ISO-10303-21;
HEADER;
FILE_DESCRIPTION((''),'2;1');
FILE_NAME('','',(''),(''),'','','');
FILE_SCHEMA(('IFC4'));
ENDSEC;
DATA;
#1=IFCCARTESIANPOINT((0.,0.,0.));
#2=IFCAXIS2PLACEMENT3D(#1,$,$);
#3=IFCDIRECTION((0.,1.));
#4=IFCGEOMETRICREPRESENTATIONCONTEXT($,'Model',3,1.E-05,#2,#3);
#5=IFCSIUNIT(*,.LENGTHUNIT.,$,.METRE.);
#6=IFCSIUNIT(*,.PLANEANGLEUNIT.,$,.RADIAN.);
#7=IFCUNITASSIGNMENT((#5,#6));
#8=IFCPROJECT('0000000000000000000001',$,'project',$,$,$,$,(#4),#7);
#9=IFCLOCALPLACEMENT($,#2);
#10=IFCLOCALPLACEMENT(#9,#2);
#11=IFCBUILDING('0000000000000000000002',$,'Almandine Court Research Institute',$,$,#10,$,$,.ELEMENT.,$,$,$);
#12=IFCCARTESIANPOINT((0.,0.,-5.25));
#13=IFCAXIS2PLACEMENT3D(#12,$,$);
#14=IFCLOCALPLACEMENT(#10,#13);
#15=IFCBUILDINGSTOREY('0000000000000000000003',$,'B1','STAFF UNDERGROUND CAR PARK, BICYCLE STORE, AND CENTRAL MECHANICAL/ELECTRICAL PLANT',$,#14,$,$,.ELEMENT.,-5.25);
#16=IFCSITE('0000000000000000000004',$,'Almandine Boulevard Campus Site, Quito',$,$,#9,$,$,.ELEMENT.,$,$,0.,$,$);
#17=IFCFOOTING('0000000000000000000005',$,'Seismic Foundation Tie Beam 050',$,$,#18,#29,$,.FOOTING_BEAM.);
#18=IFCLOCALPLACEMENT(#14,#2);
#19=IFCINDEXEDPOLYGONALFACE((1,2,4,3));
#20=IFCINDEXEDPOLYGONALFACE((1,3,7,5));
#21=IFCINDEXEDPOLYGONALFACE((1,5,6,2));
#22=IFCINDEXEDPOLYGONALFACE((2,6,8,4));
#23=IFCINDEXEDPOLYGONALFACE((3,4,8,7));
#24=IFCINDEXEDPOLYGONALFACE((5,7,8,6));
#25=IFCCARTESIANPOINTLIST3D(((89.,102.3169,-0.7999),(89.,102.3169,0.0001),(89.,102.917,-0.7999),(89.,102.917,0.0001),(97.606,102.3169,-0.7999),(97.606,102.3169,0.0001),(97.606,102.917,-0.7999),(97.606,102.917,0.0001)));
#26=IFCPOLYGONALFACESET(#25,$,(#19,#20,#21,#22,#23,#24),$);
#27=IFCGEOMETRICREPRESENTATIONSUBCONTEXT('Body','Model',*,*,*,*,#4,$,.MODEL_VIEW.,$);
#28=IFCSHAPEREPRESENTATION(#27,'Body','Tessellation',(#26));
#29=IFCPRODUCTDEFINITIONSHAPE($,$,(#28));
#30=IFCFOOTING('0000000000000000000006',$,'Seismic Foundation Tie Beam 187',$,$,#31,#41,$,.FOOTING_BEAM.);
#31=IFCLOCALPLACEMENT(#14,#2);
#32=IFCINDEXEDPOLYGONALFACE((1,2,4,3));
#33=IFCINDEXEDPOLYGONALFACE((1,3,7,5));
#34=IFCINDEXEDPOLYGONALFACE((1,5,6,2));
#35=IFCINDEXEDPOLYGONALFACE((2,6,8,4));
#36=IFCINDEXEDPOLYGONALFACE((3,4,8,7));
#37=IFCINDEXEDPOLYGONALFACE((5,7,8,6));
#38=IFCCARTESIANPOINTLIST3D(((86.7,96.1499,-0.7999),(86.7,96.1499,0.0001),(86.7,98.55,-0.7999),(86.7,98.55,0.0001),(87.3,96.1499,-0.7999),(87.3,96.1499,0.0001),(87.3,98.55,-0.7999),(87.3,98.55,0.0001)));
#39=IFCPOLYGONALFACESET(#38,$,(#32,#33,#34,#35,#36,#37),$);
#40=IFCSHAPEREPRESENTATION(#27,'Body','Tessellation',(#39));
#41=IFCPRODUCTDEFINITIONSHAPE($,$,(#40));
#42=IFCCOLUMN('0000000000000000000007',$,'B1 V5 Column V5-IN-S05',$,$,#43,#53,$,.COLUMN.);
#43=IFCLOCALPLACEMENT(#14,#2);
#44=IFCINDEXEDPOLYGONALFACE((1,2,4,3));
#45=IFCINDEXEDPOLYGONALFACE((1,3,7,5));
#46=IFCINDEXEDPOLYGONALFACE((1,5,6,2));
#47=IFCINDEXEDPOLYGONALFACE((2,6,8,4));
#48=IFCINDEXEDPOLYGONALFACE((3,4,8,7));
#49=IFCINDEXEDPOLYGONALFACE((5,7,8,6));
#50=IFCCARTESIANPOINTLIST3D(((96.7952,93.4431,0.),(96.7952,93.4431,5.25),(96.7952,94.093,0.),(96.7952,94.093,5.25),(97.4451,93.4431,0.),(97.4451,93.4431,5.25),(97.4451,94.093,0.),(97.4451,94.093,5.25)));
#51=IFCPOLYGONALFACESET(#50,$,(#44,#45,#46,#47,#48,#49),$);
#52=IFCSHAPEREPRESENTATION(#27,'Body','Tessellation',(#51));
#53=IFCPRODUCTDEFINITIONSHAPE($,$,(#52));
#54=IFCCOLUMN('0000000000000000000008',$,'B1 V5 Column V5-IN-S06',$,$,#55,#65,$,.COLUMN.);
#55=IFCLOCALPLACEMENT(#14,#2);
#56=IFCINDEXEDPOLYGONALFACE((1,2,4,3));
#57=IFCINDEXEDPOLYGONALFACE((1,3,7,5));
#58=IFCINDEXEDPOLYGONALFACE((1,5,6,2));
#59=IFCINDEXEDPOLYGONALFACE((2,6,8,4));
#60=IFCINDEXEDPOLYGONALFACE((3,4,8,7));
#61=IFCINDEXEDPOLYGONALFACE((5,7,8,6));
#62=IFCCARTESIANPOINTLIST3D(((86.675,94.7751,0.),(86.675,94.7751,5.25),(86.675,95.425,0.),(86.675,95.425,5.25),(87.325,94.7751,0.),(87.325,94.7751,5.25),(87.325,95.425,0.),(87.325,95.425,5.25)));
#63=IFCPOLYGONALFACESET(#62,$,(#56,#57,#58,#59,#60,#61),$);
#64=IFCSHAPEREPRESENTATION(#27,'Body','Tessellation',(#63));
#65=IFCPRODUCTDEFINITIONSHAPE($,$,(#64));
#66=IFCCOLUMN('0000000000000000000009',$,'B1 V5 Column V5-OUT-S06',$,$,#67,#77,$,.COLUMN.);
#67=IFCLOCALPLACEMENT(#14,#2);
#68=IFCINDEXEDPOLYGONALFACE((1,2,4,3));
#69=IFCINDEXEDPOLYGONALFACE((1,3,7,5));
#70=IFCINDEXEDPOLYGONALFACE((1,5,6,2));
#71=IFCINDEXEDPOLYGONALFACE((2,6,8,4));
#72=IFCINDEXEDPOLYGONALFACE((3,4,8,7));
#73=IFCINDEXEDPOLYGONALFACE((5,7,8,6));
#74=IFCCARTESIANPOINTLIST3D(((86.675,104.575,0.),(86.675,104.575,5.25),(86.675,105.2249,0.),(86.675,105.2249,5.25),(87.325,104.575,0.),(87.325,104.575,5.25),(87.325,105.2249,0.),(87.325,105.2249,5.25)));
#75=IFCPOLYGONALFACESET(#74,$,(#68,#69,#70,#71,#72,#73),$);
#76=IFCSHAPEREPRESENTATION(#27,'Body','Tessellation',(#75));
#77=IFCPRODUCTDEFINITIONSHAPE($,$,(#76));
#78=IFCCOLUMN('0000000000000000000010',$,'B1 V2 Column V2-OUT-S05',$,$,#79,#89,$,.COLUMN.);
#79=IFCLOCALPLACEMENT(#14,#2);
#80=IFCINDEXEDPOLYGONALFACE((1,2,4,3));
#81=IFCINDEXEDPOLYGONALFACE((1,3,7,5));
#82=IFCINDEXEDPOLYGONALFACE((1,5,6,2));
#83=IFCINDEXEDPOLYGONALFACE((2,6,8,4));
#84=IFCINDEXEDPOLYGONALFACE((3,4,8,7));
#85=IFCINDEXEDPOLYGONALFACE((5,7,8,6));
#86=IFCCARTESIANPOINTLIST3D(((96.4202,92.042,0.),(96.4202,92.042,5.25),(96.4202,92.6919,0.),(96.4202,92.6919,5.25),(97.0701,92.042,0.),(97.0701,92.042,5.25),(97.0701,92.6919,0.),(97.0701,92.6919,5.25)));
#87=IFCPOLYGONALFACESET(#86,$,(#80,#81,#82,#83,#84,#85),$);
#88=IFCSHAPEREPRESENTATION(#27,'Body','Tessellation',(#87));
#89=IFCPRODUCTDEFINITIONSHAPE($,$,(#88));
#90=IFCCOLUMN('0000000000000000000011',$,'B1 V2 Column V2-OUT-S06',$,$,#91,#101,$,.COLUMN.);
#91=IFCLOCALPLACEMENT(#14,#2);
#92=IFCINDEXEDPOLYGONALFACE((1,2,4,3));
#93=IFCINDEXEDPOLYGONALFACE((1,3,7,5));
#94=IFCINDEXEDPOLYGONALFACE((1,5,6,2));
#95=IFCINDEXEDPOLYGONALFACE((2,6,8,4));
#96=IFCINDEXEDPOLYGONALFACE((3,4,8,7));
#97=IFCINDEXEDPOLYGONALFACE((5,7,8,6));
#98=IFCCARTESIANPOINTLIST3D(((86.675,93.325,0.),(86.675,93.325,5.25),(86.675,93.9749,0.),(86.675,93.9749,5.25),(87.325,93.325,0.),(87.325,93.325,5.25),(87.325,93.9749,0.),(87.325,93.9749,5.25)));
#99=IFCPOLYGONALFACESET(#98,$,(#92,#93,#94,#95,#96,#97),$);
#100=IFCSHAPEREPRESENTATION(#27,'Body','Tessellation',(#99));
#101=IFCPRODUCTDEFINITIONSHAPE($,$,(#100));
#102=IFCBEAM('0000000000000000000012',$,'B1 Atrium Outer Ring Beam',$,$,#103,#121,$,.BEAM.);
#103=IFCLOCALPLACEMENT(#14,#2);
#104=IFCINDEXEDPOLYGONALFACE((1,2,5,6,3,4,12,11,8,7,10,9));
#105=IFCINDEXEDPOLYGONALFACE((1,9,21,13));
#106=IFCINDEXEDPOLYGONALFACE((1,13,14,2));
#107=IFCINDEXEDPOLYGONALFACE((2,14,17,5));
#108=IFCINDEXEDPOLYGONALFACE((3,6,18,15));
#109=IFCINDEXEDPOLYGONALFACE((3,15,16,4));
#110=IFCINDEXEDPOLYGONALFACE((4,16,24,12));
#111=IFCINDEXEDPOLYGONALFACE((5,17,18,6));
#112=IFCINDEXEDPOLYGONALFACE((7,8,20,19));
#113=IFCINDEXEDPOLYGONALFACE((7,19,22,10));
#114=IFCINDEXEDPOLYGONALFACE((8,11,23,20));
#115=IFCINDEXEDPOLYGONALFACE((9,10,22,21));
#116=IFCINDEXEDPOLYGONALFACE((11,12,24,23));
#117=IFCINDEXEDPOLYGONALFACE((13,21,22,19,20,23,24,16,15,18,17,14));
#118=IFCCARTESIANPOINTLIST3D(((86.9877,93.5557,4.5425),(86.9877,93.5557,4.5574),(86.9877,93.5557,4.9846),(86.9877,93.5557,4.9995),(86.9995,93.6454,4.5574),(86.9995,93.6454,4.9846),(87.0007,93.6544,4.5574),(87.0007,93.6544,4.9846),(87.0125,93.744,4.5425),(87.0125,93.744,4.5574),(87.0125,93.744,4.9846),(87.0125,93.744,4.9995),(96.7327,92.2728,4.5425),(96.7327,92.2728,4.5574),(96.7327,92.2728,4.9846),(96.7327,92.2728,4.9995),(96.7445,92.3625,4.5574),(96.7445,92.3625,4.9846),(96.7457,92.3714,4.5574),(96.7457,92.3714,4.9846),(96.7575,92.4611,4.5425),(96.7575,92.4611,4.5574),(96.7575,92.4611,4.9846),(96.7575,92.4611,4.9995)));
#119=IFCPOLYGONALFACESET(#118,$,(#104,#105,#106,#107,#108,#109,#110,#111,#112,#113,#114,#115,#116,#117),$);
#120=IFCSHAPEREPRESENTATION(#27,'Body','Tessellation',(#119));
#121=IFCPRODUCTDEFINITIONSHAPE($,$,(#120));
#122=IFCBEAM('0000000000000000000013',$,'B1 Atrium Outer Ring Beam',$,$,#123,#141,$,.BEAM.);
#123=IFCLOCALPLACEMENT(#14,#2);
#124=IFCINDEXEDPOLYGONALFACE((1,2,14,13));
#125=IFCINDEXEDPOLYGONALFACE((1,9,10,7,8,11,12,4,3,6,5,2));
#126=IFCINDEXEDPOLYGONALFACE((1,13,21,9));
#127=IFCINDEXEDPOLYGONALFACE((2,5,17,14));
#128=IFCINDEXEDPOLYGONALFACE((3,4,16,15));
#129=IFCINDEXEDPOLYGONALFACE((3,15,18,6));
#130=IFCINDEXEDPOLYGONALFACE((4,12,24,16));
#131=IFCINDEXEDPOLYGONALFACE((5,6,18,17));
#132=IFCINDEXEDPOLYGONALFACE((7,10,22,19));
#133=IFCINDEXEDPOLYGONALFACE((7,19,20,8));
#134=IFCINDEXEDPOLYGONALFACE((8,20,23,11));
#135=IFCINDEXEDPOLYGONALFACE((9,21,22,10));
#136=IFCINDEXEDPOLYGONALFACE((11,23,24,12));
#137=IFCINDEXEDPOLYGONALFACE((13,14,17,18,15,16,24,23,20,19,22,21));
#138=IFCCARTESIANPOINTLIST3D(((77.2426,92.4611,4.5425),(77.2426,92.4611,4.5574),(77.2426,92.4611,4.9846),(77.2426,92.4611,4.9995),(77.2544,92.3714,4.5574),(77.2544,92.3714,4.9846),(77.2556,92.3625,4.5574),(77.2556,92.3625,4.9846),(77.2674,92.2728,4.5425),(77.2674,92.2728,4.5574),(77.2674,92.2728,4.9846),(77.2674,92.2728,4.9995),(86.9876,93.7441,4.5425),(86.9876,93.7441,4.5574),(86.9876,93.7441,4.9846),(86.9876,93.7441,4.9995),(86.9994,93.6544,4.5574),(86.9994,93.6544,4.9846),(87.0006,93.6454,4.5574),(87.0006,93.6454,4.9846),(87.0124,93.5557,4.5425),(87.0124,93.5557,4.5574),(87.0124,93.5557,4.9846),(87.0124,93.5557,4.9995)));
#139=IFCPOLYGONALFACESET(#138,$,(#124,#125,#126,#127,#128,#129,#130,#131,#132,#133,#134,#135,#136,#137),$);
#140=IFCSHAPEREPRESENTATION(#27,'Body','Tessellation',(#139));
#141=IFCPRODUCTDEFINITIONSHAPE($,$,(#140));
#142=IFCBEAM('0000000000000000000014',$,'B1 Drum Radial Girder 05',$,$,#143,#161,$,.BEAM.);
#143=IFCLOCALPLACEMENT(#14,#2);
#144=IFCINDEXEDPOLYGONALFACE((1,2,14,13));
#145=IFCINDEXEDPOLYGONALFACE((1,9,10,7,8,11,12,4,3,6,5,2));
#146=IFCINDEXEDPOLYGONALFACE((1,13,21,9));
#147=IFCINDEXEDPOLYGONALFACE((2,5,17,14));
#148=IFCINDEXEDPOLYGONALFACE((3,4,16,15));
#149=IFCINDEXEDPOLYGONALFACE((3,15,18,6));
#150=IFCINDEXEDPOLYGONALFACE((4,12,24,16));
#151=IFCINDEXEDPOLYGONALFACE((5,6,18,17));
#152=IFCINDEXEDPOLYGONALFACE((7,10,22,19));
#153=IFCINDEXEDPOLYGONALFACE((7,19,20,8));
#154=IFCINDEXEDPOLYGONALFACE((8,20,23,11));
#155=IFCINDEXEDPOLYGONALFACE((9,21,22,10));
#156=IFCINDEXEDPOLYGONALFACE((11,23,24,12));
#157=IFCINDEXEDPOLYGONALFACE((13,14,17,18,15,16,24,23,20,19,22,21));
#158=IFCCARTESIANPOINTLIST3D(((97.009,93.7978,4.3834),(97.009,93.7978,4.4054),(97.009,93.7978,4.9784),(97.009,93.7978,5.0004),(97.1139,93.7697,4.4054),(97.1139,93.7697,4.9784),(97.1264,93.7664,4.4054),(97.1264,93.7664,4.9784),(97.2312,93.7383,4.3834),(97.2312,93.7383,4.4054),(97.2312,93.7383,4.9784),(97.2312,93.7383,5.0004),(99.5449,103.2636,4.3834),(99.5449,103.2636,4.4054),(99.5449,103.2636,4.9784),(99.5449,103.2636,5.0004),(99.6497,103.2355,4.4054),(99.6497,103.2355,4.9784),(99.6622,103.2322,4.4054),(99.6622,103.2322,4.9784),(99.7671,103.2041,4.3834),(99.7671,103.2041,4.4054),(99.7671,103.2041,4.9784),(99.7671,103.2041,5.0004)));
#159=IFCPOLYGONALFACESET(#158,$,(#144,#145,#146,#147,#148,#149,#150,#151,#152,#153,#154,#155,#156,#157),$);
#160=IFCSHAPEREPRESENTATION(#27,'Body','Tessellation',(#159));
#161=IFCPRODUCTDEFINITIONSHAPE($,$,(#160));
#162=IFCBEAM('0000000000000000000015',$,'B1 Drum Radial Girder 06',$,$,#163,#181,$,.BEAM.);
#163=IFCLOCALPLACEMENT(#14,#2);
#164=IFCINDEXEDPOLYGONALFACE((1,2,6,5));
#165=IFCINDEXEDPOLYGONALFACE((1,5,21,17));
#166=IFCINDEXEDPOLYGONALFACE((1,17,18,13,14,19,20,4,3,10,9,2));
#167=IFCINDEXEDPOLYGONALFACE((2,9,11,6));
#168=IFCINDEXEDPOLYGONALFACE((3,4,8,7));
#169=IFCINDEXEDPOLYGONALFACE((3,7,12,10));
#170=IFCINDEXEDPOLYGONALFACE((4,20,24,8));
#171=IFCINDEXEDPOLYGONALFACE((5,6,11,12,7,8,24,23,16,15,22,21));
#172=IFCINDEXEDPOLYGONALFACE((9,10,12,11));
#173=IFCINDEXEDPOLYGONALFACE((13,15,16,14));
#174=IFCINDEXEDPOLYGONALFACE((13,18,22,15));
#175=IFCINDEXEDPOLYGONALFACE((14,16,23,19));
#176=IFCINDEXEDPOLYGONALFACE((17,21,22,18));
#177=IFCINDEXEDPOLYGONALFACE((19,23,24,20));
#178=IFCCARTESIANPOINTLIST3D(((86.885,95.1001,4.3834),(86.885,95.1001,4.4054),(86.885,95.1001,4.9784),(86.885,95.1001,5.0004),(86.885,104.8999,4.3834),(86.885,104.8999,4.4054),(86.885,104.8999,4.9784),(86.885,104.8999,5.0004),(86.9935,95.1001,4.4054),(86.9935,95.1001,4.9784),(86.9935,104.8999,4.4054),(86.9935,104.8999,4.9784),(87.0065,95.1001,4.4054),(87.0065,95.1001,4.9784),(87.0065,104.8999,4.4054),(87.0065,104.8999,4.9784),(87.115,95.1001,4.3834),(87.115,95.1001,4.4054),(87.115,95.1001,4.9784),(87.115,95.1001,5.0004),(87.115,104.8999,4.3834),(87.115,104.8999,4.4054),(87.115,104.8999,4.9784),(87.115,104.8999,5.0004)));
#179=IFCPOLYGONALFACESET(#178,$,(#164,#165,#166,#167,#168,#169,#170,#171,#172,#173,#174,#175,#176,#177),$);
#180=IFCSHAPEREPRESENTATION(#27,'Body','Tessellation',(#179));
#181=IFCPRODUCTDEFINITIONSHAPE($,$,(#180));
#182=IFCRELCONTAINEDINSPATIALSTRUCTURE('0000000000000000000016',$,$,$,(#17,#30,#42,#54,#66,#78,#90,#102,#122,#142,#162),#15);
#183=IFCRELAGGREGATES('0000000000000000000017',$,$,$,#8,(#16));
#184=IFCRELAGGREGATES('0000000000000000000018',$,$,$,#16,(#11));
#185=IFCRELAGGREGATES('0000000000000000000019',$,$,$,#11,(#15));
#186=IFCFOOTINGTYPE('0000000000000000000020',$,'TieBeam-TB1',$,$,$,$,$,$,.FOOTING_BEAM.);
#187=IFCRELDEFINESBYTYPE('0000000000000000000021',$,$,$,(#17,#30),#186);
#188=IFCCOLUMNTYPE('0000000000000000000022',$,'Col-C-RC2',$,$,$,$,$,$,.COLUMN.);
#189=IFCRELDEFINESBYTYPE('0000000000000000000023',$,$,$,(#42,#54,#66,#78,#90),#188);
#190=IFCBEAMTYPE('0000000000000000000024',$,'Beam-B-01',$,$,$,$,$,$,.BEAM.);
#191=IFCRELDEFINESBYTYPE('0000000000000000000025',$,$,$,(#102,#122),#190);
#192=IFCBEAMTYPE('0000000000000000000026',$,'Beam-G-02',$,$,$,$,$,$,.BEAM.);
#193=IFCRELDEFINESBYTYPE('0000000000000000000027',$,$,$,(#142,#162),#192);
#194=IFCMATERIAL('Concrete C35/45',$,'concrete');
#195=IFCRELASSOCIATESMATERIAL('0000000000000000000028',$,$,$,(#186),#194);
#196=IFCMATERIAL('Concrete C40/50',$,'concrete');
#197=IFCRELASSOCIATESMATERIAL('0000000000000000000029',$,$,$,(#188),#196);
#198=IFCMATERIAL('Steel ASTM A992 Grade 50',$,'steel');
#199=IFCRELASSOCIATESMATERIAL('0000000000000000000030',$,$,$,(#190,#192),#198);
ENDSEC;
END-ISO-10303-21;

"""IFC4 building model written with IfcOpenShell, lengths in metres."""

from ifc_helpers import new_model, si_unit, direction, frame, origin, origin_2d, place, context, subcontext, project, spatial, rectangle, i_section, extrude, material, material_profile, profile_set, type_object, element, save


model = new_model("IFC4")

# Units and contexts
model_context = context("Model", 3, precision=1e-05, world=origin(), true_north=direction((0.0, 1.0)))
body_context = subcontext(model_context, "Body", "Model", "MODEL_VIEW")
ifc_project = project(units=[si_unit("LENGTHUNIT", "METRE"), si_unit("PLANEANGLEUNIT", "RADIAN")], contexts=[model_context])

# Site, building, storey
site_placement = place(None, origin())
site = spatial("IfcSite", under=ifc_project, at=site_placement, Name="Almandine Boulevard Campus Site, Quito", CompositionType="ELEMENT", RefElevation=0.0)
building_placement = place(site_placement, origin())
building = spatial("IfcBuilding", under=site, at=building_placement, Name="Almandine Court Research Institute", CompositionType="ELEMENT")
storey_placement = place(building_placement, frame((0.0, 0.0, -5.25)))
storey = spatial("IfcBuildingStorey", under=building, at=storey_placement, Name="B1", Description="STAFF UNDERGROUND CAR PARK, BICYCLE STORE, AND CENTRAL MECHANICAL/ELECTRICAL PLANT", CompositionType="ELEMENT", Elevation=-5.25)

# Shared definitions
ifc_material_1 = material(Name="Concrete C35/45", Category="concrete")

# Footings
ifc_material_profile_1 = material_profile(ifc_material_1, rectangle(XDim=0.6001, YDim=0.8, at=origin_2d()), Name="RC TIE 600x800")
ifc_profile_set_1 = profile_set([ifc_material_profile_1], Name="Concrete C35/45")
footing_type_1 = type_object("IfcFootingType", Name="TieBeam-TB1", PredefinedType="FOOTING_BEAM", material=ifc_profile_set_1)
footing_1_placement = place(storey_placement, frame((89.0, 102.6169, -0.3999), z_axis=(1.0, 0.0, 0.0), x_axis=(0.0, 1.0, 0.0)))
element("IfcFooting", 1, at=footing_1_placement, inside=storey, type_object=footing_type_1, Name="Seismic Foundation Tie Beam 050", PredefinedType="FOOTING_BEAM", context=body_context, shape_type="SweptSolid", body=[
    extrude(rectangle(XDim=0.6001, YDim=0.8, at=origin_2d()), origin(), (0.0, 0.0, 1.0), 8.606),
])
footing_2_placement = place(storey_placement, frame((87.0, 96.1499, -0.3999), z_axis=(0.0, 1.0, 0.0), x_axis=(-1.0, 0.0, 0.0)))
element("IfcFooting", 2, at=footing_2_placement, inside=storey, type_object=footing_type_1, Name="Seismic Foundation Tie Beam 187", PredefinedType="FOOTING_BEAM", context=body_context, shape_type="SweptSolid", body=[
    extrude(rectangle(XDim=0.6001, YDim=0.8, at=origin_2d()), origin(), (0.0, 0.0, 1.0), 2.4001),
])

# Columns
ifc_material_2 = material(Name="Concrete C40/50", Category="concrete")
ifc_material_profile_2 = material_profile(ifc_material_2, rectangle(XDim=0.6499, YDim=0.6499, at=origin_2d()), Name="RC 650x650")
ifc_profile_set_2 = profile_set([ifc_material_profile_2], Name="Concrete C40/50")
column_type = type_object("IfcColumnType", Name="Col-C-RC2", PredefinedType="COLUMN", material=ifc_profile_set_2)
for number, where, z_axis, x_axis, name in (
    (3, (97.1201, 93.7681, 0.0), (0.0, 0.0, 1.0), (1.0, 0.0, 0.0), "B1 V5 Column V5-IN-S05"),
    (4, (87.0, 95.1001, 0.0), (0.0, 0.0, 1.0), (1.0, 0.0, 0.0), "B1 V5 Column V5-IN-S06"),
    (5, (87.0, 104.8999, 0.0), (0.0, 0.0, 1.0), (1.0, 0.0, 0.0), "B1 V5 Column V5-OUT-S06"),
    (6, (96.7451, 92.3669, 0.0), (0.0, 0.0, 1.0), (1.0, 0.0, 0.0), "B1 V2 Column V2-OUT-S05"),
    (7, (87.0, 93.6499, 0.0), (0.0, 0.0, 1.0), (1.0, 0.0, 0.0), "B1 V2 Column V2-OUT-S06"),
):
    element("IfcColumn", number, at=place(storey_placement, frame(where, z_axis=z_axis, x_axis=x_axis)), inside=storey, type_object=column_type, Name=name, PredefinedType="COLUMN", context=body_context, shape_type="SweptSolid", body=[
        extrude(rectangle(XDim=0.6499, YDim=0.6499, at=origin_2d()), origin(), (0.0, 0.0, 1.0), 5.25),
    ])

# Beams
ifc_material_3 = material(Name="Steel ASTM A992 Grade 50", Category="steel")
ifc_material_profile_3 = material_profile(ifc_material_3, i_section(OverallWidth=0.1899, OverallDepth=0.457, WebThickness=0.009, FlangeThickness=0.0149, at=origin_2d()), Name="W460x74")
ifc_profile_set_3 = profile_set([ifc_material_profile_3], Name="Steel ASTM A992 Grade 50")
beam_type_1 = type_object("IfcBeamType", Name="Beam-B-01", PredefinedType="BEAM", material=ifc_profile_set_3)
for number, where, z_axis, x_axis, name in (
    (8, (96.7451, 92.3669, 4.771), (-0.991445, 0.130525, 0.0), (-0.130525, -0.991445, 0.0), "B1 Atrium Outer Ring Beam"),
    (9, (87.0, 93.6499, 4.771), (-0.991445, -0.130525, 0.0), (0.130525, -0.991445, 0.0), "B1 Atrium Outer Ring Beam"),
):
    element("IfcBeam", number, at=place(storey_placement, frame(where, z_axis=z_axis, x_axis=x_axis)), inside=storey, type_object=beam_type_1, Name=name, PredefinedType="BEAM", context=body_context, shape_type="SweptSolid", body=[
        extrude(i_section(OverallWidth=0.1899, OverallDepth=0.457, WebThickness=0.009, FlangeThickness=0.0149, at=origin_2d()), origin(), (0.0, 0.0, 1.0), 9.8291),
    ])
ifc_material_profile_4 = material_profile(ifc_material_3, i_section(OverallWidth=0.23, OverallDepth=0.6169, WebThickness=0.0129, FlangeThickness=0.022, at=origin_2d()), Name="W610x140")
ifc_profile_set_4 = profile_set([ifc_material_profile_4], Name="Steel ASTM A992 Grade 50")
beam_type_2 = type_object("IfcBeamType", Name="Beam-G-02", PredefinedType="BEAM", material=ifc_profile_set_4)
beam_1_placement = place(storey_placement, frame((97.1201, 93.7681, 4.6919), z_axis=(0.258774, 0.965938, 0.0), x_axis=(-0.965938, 0.258774, 0.0)))
element("IfcBeam", 10, at=beam_1_placement, inside=storey, type_object=beam_type_2, Name="B1 Drum Radial Girder 05", PredefinedType="BEAM", context=body_context, shape_type="SweptSolid", body=[
    extrude(i_section(OverallWidth=0.23, OverallDepth=0.6169, WebThickness=0.0129, FlangeThickness=0.022, at=origin_2d()), origin(), (0.0, 0.0, 1.0), 9.7996),
])
beam_2_placement = place(storey_placement, frame((87.0, 95.1001, 4.6919), z_axis=(0.0, 1.0, 0.0), x_axis=(-1.0, 0.0, 0.0)))
element("IfcBeam", 11, at=beam_2_placement, inside=storey, type_object=beam_type_2, Name="B1 Drum Radial Girder 06", PredefinedType="BEAM", context=body_context, shape_type="SweptSolid", body=[
    extrude(i_section(OverallWidth=0.23, OverallDepth=0.6169, WebThickness=0.0129, FlangeThickness=0.022, at=origin_2d()), origin(), (0.0, 0.0, 1.0), 9.7998),
])

save(model, "model.ifc")
